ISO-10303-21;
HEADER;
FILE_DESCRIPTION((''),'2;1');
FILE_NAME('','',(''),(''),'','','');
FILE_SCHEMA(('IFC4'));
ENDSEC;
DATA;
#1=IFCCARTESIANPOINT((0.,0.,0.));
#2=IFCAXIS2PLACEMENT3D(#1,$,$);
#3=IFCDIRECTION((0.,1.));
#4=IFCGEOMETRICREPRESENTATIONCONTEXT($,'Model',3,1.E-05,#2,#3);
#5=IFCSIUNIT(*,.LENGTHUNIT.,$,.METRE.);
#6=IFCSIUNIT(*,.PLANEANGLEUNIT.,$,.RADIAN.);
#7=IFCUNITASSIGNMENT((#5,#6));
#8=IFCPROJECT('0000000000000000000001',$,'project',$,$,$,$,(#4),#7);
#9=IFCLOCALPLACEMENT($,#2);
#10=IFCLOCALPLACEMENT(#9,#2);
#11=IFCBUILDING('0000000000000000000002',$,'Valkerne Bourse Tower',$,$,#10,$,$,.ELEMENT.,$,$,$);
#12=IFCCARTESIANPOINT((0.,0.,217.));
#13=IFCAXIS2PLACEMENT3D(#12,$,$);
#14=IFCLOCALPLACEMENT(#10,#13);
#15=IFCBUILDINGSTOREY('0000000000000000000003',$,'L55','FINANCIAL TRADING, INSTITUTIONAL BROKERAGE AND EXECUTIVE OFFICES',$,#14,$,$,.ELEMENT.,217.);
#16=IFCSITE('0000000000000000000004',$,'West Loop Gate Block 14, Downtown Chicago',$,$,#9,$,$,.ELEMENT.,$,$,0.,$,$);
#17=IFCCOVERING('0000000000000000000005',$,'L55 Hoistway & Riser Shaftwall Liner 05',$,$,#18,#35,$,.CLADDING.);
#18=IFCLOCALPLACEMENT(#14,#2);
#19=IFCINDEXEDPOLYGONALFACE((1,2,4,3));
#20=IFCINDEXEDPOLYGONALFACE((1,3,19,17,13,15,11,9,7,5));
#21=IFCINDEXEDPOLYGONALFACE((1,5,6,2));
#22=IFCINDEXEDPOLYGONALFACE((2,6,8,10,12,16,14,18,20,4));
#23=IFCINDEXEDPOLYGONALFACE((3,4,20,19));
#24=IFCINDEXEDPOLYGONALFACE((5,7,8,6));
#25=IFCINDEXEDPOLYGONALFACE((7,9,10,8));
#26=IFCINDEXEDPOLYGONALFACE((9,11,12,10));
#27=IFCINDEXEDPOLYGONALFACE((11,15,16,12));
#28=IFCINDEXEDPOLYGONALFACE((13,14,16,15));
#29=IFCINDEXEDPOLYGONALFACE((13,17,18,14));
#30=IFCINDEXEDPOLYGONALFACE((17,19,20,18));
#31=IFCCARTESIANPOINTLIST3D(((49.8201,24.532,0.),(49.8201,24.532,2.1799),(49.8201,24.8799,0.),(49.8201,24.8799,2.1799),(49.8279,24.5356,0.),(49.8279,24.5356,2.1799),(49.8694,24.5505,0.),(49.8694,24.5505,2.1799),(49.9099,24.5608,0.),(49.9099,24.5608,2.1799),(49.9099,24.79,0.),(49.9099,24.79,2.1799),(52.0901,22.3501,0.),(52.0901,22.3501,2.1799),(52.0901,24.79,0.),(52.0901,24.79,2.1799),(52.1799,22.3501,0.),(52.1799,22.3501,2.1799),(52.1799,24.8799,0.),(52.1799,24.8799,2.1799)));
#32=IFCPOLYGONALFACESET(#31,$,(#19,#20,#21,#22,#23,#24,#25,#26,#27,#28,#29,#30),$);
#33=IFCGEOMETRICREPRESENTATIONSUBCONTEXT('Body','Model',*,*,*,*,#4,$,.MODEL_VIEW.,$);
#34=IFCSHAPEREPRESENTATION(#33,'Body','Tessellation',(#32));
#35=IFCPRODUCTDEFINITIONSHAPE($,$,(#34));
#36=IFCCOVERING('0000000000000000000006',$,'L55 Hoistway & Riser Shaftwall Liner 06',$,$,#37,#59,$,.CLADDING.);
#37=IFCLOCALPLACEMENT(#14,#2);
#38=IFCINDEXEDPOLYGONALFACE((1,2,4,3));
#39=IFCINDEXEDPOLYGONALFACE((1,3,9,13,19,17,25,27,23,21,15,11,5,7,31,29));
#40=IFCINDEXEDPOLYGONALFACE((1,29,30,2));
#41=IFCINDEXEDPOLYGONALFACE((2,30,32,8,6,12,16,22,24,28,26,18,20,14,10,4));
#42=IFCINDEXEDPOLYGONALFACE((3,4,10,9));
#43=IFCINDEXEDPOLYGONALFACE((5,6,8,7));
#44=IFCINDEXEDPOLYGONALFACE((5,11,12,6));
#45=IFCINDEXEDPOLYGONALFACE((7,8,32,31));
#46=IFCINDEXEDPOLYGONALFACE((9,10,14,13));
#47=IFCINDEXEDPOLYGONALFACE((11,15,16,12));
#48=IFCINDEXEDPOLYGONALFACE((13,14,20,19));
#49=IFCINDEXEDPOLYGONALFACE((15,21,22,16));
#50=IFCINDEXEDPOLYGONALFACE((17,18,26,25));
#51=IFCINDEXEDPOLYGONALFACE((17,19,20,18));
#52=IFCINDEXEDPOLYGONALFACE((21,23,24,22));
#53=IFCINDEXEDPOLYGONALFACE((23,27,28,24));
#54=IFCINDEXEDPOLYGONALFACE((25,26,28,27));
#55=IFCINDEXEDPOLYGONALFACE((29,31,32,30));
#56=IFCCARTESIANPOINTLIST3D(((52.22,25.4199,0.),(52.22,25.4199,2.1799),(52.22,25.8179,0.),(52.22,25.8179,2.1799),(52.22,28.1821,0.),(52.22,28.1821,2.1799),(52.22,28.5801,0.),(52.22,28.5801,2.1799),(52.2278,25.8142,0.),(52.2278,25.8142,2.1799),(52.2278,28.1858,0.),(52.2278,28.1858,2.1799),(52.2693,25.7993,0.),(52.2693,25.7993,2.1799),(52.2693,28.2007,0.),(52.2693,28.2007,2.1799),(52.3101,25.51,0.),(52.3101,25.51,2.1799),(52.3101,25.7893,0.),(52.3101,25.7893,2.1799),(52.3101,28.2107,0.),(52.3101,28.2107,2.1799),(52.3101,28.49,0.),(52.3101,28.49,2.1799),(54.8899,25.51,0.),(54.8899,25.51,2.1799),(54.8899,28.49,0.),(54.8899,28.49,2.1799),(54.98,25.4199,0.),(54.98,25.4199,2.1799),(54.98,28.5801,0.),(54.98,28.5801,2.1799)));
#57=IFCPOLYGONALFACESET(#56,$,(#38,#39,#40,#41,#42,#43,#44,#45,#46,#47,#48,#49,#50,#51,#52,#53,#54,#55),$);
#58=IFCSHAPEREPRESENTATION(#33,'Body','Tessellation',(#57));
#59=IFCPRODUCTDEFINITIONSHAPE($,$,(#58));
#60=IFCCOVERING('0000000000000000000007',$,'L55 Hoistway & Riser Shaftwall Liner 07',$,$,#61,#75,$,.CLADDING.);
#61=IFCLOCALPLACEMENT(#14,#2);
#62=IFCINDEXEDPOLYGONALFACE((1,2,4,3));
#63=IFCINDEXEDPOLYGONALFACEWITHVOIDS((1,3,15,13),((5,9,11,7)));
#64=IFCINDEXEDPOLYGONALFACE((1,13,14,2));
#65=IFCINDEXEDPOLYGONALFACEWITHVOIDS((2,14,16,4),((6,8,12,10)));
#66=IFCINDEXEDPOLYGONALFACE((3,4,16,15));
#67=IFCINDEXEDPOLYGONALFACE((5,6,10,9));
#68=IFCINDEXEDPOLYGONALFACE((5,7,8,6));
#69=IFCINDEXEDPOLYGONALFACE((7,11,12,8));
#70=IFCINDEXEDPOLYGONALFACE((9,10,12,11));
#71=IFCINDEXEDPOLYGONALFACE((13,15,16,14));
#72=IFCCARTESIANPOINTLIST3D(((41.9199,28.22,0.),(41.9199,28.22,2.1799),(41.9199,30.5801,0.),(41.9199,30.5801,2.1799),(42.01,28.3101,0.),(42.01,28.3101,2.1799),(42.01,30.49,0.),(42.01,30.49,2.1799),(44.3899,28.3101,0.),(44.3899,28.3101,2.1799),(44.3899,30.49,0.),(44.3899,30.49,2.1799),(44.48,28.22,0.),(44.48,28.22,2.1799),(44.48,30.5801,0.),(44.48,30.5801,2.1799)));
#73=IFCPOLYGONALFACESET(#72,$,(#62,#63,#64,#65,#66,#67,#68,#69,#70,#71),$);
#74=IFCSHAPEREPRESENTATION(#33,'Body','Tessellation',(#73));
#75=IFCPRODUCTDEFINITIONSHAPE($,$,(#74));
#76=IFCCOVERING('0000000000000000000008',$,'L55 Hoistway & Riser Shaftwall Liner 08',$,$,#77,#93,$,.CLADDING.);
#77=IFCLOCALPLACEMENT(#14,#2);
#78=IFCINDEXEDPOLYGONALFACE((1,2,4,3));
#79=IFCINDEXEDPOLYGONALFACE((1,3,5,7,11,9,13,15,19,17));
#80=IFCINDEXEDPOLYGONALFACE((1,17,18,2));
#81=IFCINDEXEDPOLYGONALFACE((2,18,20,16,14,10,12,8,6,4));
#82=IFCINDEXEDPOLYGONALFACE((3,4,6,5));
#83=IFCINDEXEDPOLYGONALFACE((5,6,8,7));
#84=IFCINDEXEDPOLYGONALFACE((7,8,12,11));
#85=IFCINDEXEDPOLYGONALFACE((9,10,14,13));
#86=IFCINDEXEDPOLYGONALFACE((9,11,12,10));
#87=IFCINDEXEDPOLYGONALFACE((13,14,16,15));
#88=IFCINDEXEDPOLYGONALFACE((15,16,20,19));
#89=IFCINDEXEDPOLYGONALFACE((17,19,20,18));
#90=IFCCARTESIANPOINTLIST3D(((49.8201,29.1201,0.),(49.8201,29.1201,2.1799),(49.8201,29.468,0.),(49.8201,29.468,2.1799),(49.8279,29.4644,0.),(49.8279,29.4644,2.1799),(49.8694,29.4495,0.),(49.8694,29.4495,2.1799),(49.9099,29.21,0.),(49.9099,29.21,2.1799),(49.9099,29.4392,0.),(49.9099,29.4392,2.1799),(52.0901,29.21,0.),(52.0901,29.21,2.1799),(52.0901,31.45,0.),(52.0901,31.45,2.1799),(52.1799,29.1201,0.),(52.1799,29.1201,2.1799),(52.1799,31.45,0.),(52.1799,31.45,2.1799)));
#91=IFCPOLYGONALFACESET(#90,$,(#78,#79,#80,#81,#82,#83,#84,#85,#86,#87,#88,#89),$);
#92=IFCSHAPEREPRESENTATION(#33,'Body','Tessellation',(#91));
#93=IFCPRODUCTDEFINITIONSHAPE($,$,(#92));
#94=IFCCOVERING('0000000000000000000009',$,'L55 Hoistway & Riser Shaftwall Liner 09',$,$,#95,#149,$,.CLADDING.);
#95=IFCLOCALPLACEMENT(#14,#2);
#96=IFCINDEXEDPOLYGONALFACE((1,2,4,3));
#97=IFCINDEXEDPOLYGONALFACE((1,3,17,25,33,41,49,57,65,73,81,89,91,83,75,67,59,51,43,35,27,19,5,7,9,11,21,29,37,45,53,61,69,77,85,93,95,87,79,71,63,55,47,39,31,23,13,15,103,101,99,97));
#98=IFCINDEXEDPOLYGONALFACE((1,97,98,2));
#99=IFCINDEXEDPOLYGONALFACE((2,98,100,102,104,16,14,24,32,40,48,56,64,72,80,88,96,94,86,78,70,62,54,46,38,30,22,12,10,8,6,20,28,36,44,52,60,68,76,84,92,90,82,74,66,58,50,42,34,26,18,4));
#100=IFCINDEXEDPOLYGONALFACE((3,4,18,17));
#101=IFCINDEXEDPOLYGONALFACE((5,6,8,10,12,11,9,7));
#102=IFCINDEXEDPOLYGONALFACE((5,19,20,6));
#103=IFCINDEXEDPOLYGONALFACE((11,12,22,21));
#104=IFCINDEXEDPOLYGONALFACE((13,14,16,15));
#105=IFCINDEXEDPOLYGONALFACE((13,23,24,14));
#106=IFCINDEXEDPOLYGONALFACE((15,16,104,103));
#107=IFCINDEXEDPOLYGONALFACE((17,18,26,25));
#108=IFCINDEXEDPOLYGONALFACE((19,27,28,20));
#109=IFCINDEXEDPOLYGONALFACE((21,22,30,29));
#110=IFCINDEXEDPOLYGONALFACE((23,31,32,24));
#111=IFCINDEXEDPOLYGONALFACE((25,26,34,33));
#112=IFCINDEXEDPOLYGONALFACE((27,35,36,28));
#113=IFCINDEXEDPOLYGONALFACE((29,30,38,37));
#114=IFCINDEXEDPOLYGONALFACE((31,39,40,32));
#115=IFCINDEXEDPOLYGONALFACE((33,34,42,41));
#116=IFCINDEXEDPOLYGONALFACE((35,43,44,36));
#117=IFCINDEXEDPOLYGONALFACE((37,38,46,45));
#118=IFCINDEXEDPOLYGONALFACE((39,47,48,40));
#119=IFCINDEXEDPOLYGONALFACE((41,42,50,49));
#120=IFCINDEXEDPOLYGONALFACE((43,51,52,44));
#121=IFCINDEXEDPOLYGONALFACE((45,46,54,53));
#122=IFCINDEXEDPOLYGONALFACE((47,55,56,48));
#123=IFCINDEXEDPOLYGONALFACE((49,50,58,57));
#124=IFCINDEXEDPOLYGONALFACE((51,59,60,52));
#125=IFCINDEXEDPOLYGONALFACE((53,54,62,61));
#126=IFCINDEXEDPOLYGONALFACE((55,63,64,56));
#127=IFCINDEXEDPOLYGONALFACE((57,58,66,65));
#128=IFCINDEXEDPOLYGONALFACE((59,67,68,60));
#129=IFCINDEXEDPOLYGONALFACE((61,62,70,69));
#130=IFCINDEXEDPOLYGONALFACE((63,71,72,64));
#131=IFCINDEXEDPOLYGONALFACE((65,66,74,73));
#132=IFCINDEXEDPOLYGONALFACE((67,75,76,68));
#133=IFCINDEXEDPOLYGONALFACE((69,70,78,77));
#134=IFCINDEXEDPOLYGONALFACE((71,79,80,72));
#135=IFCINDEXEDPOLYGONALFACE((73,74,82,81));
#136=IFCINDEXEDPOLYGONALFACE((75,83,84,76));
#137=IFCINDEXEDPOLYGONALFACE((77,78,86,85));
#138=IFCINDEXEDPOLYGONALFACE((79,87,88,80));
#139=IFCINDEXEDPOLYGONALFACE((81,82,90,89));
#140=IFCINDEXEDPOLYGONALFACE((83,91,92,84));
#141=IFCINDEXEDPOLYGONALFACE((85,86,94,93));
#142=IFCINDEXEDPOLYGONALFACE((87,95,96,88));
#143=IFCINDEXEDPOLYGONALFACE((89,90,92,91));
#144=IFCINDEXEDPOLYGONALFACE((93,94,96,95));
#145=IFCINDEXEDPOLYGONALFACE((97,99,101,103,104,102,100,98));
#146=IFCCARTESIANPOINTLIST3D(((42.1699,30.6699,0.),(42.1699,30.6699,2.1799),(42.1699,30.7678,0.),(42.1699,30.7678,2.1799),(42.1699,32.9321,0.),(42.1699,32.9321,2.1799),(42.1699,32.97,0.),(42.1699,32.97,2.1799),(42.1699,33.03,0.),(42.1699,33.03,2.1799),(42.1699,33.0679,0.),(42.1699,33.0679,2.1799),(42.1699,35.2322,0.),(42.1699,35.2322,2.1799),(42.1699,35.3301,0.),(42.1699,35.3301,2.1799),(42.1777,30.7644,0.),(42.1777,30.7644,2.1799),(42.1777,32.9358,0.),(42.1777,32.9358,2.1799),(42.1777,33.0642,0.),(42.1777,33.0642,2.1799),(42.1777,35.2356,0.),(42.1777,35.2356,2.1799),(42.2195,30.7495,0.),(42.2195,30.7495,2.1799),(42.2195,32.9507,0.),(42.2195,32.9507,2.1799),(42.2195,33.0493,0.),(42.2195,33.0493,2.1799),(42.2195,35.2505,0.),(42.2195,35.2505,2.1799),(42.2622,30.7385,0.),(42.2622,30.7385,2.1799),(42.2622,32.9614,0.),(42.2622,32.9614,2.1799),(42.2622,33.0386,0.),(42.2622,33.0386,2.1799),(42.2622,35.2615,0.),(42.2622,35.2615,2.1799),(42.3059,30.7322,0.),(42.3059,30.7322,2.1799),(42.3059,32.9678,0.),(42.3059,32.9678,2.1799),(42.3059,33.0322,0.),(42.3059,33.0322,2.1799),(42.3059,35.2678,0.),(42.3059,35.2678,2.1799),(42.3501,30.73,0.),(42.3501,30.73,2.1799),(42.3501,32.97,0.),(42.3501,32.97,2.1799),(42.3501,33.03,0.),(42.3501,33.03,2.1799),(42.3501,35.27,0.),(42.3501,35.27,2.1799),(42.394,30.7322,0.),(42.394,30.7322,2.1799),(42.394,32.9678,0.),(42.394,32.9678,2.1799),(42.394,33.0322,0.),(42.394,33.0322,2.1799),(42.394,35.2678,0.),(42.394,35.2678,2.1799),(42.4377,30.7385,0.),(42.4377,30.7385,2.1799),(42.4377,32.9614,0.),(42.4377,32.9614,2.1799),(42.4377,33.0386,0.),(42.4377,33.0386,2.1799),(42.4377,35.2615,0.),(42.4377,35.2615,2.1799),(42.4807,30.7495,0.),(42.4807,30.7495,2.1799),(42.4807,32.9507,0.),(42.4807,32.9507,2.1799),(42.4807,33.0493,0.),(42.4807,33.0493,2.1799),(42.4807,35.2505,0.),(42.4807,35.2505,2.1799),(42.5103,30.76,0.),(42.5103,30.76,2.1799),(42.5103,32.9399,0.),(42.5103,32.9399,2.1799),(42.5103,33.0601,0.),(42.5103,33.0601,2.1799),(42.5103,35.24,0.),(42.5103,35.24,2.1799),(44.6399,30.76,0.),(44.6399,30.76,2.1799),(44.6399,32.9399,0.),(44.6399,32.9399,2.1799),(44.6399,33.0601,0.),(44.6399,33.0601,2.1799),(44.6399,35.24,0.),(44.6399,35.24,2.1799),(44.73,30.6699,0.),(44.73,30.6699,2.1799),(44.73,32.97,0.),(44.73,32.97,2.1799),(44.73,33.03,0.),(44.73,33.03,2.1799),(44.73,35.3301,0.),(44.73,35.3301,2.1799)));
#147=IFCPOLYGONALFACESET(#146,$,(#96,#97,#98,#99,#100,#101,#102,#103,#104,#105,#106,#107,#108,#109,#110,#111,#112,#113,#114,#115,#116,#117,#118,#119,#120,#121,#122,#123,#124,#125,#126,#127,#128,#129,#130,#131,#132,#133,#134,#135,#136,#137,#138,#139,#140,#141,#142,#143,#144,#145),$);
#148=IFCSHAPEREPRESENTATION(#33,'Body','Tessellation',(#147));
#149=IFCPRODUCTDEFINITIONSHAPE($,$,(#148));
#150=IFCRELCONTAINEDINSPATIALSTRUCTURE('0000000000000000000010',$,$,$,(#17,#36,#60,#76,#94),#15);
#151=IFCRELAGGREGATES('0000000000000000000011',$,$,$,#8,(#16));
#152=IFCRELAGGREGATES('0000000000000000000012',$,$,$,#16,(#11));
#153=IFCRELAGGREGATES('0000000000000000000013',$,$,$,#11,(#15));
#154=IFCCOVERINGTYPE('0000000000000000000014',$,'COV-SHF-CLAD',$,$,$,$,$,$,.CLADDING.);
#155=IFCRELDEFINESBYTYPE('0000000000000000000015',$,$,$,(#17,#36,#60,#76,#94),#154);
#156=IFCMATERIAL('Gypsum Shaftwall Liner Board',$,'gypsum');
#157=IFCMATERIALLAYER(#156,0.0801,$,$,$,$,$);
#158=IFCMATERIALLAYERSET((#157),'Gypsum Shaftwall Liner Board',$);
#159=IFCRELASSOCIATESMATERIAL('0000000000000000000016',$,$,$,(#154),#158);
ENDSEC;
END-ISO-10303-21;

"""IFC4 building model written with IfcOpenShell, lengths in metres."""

from ifc_helpers import new_model, si_unit, direction, frame, origin, place, context, subcontext, project, spatial, polyline, outline, extrude, material, layer, layer_set, type_object, element, save


model = new_model("IFC4")

# Units and contexts
model_context = context("Model", 3, precision=1e-05, world=origin(), true_north=direction((0.0, 1.0)))
body_context = subcontext(model_context, "Body", "Model", "MODEL_VIEW")
ifc_project = project(units=[si_unit("LENGTHUNIT", "METRE"), si_unit("PLANEANGLEUNIT", "RADIAN")], contexts=[model_context])

# Site, building, storey
site_placement = place(None, origin())
site = spatial("IfcSite", under=ifc_project, at=site_placement, Name="West Loop Gate Block 14, Downtown Chicago", CompositionType="ELEMENT", RefElevation=0.0)
building_placement = place(site_placement, origin())
building = spatial("IfcBuilding", under=site, at=building_placement, Name="Valkerne Bourse Tower", CompositionType="ELEMENT")
storey_placement = place(building_placement, frame((0.0, 0.0, 217.0)))
storey = spatial("IfcBuildingStorey", under=building, at=storey_placement, Name="L55", Description="FINANCIAL TRADING, INSTITUTIONAL BROKERAGE AND EXECUTIVE OFFICES", CompositionType="ELEMENT", Elevation=217.0)

# Coverings
ifc_material_1 = material(Name="Gypsum Shaftwall Liner Board", Category="gypsum")
ifc_layer_1 = layer(ifc_material_1, 0.0801)
ifc_layer_set_1 = layer_set([ifc_layer_1], Name="Gypsum Shaftwall Liner Board")
covering_type_1 = type_object("IfcCoveringType", Name="COV-SHF-CLAD", PredefinedType="CLADDING", material=ifc_layer_set_1)
covering_1_placement = place(storey_placement, origin())
element("IfcCovering", 1, at=covering_1_placement, inside=storey, type_object=covering_type_1, Name="L55 Hoistway & Riser Shaftwall Liner 05", PredefinedType="CLADDING", context=body_context, shape_type="SweptSolid", body=[
    extrude(outline(polyline([(52.1799, 22.3501), (52.0901, 22.3501), (52.0901, 24.79), (49.9099, 24.79), (49.9099, 24.5608), (49.8694, 24.5505), (49.8279, 24.5356), (49.8201, 24.532), (49.8201, 24.8799), (52.1799, 24.8799), (52.1799, 22.3501)])), origin(), (0.0, 0.0, 1.0), 2.1799),
])
covering_2_placement = place(storey_placement, origin())
element("IfcCovering", 2, at=covering_2_placement, inside=storey, type_object=covering_type_1, Name="L55 Hoistway & Riser Shaftwall Liner 06", PredefinedType="CLADDING", context=body_context, shape_type="SweptSolid", body=[
    extrude(outline(polyline([(54.98, 25.4199), (52.22, 25.4199), (52.22, 25.8179), (52.2278, 25.8142), (52.2693, 25.7993), (52.3101, 25.7893), (52.3101, 25.51), (54.8899, 25.51), (54.8899, 28.49), (52.3101, 28.49), (52.3101, 28.2107), (52.2693, 28.2007), (52.2278, 28.1858), (52.22, 28.1821), (52.22, 28.5801), (54.98, 28.5801), (54.98, 25.4199)])), origin(), (0.0, 0.0, 1.0), 2.1799),
])
covering_3_placement = place(storey_placement, origin())
element("IfcCovering", 3, at=covering_3_placement, inside=storey, type_object=covering_type_1, Name="L55 Hoistway & Riser Shaftwall Liner 07", PredefinedType="CLADDING", context=body_context, shape_type="SweptSolid", body=[
    extrude(outline(polyline([(44.48, 28.22), (41.9199, 28.22), (41.9199, 30.5801), (44.48, 30.5801), (44.48, 28.22)]), holes=[polyline([(42.01, 30.49), (42.01, 28.3101), (44.3899, 28.3101), (44.3899, 30.49), (42.01, 30.49)])]), origin(), (0.0, 0.0, 1.0), 2.1799),
])
covering_4_placement = place(storey_placement, origin())
element("IfcCovering", 4, at=covering_4_placement, inside=storey, type_object=covering_type_1, Name="L55 Hoistway & Riser Shaftwall Liner 08", PredefinedType="CLADDING", context=body_context, shape_type="SweptSolid", body=[
    extrude(outline(polyline([(49.8201, 29.1201), (49.8201, 29.468), (49.8279, 29.4644), (49.8694, 29.4495), (49.9099, 29.4392), (49.9099, 29.21), (52.0901, 29.21), (52.0901, 31.45), (52.1799, 31.45), (52.1799, 29.1201), (49.8201, 29.1201)])), origin(), (0.0, 0.0, 1.0), 2.1799),
])
covering_5_placement = place(storey_placement, origin())
element("IfcCovering", 5, at=covering_5_placement, inside=storey, type_object=covering_type_1, Name="L55 Hoistway & Riser Shaftwall Liner 09", PredefinedType="CLADDING", context=body_context, shape_type="SweptSolid", body=[
    extrude(outline(polyline([(42.1699, 33.0679), (42.1777, 33.0642), (42.2195, 33.0493), (42.2622, 33.0386), (42.3059, 33.0322), (42.3501, 33.03), (42.394, 33.0322), (42.4377, 33.0386), (42.4807, 33.0493), (42.5103, 33.0601), (44.6399, 33.0601), (44.6399, 35.24), (42.5103, 35.24), (42.4807, 35.2505), (42.4377, 35.2615), (42.394, 35.2678), (42.3501, 35.27), (42.3059, 35.2678), (42.2622, 35.2615), (42.2195, 35.2505), (42.1777, 35.2356), (42.1699, 35.2322), (42.1699, 35.3301), (44.73, 35.3301), (44.73, 33.03), (44.73, 32.97), (44.73, 30.6699), (42.1699, 30.6699), (42.1699, 30.7678), (42.1777, 30.7644), (42.2195, 30.7495), (42.2622, 30.7385), (42.3059, 30.7322), (42.3501, 30.73), (42.394, 30.7322), (42.4377, 30.7385), (42.4807, 30.7495), (42.5103, 30.76), (44.6399, 30.76), (44.6399, 32.9399), (42.5103, 32.9399), (42.4807, 32.9507), (42.4377, 32.9614), (42.394, 32.9678), (42.3501, 32.97), (42.3059, 32.9678), (42.2622, 32.9614), (42.2195, 32.9507), (42.1777, 32.9358), (42.1699, 32.9321), (42.1699, 32.97), (42.1699, 33.03), (42.1699, 33.0679)])), origin(), (0.0, 0.0, 1.0), 2.1799),
])

save(model, "model.ifc")
